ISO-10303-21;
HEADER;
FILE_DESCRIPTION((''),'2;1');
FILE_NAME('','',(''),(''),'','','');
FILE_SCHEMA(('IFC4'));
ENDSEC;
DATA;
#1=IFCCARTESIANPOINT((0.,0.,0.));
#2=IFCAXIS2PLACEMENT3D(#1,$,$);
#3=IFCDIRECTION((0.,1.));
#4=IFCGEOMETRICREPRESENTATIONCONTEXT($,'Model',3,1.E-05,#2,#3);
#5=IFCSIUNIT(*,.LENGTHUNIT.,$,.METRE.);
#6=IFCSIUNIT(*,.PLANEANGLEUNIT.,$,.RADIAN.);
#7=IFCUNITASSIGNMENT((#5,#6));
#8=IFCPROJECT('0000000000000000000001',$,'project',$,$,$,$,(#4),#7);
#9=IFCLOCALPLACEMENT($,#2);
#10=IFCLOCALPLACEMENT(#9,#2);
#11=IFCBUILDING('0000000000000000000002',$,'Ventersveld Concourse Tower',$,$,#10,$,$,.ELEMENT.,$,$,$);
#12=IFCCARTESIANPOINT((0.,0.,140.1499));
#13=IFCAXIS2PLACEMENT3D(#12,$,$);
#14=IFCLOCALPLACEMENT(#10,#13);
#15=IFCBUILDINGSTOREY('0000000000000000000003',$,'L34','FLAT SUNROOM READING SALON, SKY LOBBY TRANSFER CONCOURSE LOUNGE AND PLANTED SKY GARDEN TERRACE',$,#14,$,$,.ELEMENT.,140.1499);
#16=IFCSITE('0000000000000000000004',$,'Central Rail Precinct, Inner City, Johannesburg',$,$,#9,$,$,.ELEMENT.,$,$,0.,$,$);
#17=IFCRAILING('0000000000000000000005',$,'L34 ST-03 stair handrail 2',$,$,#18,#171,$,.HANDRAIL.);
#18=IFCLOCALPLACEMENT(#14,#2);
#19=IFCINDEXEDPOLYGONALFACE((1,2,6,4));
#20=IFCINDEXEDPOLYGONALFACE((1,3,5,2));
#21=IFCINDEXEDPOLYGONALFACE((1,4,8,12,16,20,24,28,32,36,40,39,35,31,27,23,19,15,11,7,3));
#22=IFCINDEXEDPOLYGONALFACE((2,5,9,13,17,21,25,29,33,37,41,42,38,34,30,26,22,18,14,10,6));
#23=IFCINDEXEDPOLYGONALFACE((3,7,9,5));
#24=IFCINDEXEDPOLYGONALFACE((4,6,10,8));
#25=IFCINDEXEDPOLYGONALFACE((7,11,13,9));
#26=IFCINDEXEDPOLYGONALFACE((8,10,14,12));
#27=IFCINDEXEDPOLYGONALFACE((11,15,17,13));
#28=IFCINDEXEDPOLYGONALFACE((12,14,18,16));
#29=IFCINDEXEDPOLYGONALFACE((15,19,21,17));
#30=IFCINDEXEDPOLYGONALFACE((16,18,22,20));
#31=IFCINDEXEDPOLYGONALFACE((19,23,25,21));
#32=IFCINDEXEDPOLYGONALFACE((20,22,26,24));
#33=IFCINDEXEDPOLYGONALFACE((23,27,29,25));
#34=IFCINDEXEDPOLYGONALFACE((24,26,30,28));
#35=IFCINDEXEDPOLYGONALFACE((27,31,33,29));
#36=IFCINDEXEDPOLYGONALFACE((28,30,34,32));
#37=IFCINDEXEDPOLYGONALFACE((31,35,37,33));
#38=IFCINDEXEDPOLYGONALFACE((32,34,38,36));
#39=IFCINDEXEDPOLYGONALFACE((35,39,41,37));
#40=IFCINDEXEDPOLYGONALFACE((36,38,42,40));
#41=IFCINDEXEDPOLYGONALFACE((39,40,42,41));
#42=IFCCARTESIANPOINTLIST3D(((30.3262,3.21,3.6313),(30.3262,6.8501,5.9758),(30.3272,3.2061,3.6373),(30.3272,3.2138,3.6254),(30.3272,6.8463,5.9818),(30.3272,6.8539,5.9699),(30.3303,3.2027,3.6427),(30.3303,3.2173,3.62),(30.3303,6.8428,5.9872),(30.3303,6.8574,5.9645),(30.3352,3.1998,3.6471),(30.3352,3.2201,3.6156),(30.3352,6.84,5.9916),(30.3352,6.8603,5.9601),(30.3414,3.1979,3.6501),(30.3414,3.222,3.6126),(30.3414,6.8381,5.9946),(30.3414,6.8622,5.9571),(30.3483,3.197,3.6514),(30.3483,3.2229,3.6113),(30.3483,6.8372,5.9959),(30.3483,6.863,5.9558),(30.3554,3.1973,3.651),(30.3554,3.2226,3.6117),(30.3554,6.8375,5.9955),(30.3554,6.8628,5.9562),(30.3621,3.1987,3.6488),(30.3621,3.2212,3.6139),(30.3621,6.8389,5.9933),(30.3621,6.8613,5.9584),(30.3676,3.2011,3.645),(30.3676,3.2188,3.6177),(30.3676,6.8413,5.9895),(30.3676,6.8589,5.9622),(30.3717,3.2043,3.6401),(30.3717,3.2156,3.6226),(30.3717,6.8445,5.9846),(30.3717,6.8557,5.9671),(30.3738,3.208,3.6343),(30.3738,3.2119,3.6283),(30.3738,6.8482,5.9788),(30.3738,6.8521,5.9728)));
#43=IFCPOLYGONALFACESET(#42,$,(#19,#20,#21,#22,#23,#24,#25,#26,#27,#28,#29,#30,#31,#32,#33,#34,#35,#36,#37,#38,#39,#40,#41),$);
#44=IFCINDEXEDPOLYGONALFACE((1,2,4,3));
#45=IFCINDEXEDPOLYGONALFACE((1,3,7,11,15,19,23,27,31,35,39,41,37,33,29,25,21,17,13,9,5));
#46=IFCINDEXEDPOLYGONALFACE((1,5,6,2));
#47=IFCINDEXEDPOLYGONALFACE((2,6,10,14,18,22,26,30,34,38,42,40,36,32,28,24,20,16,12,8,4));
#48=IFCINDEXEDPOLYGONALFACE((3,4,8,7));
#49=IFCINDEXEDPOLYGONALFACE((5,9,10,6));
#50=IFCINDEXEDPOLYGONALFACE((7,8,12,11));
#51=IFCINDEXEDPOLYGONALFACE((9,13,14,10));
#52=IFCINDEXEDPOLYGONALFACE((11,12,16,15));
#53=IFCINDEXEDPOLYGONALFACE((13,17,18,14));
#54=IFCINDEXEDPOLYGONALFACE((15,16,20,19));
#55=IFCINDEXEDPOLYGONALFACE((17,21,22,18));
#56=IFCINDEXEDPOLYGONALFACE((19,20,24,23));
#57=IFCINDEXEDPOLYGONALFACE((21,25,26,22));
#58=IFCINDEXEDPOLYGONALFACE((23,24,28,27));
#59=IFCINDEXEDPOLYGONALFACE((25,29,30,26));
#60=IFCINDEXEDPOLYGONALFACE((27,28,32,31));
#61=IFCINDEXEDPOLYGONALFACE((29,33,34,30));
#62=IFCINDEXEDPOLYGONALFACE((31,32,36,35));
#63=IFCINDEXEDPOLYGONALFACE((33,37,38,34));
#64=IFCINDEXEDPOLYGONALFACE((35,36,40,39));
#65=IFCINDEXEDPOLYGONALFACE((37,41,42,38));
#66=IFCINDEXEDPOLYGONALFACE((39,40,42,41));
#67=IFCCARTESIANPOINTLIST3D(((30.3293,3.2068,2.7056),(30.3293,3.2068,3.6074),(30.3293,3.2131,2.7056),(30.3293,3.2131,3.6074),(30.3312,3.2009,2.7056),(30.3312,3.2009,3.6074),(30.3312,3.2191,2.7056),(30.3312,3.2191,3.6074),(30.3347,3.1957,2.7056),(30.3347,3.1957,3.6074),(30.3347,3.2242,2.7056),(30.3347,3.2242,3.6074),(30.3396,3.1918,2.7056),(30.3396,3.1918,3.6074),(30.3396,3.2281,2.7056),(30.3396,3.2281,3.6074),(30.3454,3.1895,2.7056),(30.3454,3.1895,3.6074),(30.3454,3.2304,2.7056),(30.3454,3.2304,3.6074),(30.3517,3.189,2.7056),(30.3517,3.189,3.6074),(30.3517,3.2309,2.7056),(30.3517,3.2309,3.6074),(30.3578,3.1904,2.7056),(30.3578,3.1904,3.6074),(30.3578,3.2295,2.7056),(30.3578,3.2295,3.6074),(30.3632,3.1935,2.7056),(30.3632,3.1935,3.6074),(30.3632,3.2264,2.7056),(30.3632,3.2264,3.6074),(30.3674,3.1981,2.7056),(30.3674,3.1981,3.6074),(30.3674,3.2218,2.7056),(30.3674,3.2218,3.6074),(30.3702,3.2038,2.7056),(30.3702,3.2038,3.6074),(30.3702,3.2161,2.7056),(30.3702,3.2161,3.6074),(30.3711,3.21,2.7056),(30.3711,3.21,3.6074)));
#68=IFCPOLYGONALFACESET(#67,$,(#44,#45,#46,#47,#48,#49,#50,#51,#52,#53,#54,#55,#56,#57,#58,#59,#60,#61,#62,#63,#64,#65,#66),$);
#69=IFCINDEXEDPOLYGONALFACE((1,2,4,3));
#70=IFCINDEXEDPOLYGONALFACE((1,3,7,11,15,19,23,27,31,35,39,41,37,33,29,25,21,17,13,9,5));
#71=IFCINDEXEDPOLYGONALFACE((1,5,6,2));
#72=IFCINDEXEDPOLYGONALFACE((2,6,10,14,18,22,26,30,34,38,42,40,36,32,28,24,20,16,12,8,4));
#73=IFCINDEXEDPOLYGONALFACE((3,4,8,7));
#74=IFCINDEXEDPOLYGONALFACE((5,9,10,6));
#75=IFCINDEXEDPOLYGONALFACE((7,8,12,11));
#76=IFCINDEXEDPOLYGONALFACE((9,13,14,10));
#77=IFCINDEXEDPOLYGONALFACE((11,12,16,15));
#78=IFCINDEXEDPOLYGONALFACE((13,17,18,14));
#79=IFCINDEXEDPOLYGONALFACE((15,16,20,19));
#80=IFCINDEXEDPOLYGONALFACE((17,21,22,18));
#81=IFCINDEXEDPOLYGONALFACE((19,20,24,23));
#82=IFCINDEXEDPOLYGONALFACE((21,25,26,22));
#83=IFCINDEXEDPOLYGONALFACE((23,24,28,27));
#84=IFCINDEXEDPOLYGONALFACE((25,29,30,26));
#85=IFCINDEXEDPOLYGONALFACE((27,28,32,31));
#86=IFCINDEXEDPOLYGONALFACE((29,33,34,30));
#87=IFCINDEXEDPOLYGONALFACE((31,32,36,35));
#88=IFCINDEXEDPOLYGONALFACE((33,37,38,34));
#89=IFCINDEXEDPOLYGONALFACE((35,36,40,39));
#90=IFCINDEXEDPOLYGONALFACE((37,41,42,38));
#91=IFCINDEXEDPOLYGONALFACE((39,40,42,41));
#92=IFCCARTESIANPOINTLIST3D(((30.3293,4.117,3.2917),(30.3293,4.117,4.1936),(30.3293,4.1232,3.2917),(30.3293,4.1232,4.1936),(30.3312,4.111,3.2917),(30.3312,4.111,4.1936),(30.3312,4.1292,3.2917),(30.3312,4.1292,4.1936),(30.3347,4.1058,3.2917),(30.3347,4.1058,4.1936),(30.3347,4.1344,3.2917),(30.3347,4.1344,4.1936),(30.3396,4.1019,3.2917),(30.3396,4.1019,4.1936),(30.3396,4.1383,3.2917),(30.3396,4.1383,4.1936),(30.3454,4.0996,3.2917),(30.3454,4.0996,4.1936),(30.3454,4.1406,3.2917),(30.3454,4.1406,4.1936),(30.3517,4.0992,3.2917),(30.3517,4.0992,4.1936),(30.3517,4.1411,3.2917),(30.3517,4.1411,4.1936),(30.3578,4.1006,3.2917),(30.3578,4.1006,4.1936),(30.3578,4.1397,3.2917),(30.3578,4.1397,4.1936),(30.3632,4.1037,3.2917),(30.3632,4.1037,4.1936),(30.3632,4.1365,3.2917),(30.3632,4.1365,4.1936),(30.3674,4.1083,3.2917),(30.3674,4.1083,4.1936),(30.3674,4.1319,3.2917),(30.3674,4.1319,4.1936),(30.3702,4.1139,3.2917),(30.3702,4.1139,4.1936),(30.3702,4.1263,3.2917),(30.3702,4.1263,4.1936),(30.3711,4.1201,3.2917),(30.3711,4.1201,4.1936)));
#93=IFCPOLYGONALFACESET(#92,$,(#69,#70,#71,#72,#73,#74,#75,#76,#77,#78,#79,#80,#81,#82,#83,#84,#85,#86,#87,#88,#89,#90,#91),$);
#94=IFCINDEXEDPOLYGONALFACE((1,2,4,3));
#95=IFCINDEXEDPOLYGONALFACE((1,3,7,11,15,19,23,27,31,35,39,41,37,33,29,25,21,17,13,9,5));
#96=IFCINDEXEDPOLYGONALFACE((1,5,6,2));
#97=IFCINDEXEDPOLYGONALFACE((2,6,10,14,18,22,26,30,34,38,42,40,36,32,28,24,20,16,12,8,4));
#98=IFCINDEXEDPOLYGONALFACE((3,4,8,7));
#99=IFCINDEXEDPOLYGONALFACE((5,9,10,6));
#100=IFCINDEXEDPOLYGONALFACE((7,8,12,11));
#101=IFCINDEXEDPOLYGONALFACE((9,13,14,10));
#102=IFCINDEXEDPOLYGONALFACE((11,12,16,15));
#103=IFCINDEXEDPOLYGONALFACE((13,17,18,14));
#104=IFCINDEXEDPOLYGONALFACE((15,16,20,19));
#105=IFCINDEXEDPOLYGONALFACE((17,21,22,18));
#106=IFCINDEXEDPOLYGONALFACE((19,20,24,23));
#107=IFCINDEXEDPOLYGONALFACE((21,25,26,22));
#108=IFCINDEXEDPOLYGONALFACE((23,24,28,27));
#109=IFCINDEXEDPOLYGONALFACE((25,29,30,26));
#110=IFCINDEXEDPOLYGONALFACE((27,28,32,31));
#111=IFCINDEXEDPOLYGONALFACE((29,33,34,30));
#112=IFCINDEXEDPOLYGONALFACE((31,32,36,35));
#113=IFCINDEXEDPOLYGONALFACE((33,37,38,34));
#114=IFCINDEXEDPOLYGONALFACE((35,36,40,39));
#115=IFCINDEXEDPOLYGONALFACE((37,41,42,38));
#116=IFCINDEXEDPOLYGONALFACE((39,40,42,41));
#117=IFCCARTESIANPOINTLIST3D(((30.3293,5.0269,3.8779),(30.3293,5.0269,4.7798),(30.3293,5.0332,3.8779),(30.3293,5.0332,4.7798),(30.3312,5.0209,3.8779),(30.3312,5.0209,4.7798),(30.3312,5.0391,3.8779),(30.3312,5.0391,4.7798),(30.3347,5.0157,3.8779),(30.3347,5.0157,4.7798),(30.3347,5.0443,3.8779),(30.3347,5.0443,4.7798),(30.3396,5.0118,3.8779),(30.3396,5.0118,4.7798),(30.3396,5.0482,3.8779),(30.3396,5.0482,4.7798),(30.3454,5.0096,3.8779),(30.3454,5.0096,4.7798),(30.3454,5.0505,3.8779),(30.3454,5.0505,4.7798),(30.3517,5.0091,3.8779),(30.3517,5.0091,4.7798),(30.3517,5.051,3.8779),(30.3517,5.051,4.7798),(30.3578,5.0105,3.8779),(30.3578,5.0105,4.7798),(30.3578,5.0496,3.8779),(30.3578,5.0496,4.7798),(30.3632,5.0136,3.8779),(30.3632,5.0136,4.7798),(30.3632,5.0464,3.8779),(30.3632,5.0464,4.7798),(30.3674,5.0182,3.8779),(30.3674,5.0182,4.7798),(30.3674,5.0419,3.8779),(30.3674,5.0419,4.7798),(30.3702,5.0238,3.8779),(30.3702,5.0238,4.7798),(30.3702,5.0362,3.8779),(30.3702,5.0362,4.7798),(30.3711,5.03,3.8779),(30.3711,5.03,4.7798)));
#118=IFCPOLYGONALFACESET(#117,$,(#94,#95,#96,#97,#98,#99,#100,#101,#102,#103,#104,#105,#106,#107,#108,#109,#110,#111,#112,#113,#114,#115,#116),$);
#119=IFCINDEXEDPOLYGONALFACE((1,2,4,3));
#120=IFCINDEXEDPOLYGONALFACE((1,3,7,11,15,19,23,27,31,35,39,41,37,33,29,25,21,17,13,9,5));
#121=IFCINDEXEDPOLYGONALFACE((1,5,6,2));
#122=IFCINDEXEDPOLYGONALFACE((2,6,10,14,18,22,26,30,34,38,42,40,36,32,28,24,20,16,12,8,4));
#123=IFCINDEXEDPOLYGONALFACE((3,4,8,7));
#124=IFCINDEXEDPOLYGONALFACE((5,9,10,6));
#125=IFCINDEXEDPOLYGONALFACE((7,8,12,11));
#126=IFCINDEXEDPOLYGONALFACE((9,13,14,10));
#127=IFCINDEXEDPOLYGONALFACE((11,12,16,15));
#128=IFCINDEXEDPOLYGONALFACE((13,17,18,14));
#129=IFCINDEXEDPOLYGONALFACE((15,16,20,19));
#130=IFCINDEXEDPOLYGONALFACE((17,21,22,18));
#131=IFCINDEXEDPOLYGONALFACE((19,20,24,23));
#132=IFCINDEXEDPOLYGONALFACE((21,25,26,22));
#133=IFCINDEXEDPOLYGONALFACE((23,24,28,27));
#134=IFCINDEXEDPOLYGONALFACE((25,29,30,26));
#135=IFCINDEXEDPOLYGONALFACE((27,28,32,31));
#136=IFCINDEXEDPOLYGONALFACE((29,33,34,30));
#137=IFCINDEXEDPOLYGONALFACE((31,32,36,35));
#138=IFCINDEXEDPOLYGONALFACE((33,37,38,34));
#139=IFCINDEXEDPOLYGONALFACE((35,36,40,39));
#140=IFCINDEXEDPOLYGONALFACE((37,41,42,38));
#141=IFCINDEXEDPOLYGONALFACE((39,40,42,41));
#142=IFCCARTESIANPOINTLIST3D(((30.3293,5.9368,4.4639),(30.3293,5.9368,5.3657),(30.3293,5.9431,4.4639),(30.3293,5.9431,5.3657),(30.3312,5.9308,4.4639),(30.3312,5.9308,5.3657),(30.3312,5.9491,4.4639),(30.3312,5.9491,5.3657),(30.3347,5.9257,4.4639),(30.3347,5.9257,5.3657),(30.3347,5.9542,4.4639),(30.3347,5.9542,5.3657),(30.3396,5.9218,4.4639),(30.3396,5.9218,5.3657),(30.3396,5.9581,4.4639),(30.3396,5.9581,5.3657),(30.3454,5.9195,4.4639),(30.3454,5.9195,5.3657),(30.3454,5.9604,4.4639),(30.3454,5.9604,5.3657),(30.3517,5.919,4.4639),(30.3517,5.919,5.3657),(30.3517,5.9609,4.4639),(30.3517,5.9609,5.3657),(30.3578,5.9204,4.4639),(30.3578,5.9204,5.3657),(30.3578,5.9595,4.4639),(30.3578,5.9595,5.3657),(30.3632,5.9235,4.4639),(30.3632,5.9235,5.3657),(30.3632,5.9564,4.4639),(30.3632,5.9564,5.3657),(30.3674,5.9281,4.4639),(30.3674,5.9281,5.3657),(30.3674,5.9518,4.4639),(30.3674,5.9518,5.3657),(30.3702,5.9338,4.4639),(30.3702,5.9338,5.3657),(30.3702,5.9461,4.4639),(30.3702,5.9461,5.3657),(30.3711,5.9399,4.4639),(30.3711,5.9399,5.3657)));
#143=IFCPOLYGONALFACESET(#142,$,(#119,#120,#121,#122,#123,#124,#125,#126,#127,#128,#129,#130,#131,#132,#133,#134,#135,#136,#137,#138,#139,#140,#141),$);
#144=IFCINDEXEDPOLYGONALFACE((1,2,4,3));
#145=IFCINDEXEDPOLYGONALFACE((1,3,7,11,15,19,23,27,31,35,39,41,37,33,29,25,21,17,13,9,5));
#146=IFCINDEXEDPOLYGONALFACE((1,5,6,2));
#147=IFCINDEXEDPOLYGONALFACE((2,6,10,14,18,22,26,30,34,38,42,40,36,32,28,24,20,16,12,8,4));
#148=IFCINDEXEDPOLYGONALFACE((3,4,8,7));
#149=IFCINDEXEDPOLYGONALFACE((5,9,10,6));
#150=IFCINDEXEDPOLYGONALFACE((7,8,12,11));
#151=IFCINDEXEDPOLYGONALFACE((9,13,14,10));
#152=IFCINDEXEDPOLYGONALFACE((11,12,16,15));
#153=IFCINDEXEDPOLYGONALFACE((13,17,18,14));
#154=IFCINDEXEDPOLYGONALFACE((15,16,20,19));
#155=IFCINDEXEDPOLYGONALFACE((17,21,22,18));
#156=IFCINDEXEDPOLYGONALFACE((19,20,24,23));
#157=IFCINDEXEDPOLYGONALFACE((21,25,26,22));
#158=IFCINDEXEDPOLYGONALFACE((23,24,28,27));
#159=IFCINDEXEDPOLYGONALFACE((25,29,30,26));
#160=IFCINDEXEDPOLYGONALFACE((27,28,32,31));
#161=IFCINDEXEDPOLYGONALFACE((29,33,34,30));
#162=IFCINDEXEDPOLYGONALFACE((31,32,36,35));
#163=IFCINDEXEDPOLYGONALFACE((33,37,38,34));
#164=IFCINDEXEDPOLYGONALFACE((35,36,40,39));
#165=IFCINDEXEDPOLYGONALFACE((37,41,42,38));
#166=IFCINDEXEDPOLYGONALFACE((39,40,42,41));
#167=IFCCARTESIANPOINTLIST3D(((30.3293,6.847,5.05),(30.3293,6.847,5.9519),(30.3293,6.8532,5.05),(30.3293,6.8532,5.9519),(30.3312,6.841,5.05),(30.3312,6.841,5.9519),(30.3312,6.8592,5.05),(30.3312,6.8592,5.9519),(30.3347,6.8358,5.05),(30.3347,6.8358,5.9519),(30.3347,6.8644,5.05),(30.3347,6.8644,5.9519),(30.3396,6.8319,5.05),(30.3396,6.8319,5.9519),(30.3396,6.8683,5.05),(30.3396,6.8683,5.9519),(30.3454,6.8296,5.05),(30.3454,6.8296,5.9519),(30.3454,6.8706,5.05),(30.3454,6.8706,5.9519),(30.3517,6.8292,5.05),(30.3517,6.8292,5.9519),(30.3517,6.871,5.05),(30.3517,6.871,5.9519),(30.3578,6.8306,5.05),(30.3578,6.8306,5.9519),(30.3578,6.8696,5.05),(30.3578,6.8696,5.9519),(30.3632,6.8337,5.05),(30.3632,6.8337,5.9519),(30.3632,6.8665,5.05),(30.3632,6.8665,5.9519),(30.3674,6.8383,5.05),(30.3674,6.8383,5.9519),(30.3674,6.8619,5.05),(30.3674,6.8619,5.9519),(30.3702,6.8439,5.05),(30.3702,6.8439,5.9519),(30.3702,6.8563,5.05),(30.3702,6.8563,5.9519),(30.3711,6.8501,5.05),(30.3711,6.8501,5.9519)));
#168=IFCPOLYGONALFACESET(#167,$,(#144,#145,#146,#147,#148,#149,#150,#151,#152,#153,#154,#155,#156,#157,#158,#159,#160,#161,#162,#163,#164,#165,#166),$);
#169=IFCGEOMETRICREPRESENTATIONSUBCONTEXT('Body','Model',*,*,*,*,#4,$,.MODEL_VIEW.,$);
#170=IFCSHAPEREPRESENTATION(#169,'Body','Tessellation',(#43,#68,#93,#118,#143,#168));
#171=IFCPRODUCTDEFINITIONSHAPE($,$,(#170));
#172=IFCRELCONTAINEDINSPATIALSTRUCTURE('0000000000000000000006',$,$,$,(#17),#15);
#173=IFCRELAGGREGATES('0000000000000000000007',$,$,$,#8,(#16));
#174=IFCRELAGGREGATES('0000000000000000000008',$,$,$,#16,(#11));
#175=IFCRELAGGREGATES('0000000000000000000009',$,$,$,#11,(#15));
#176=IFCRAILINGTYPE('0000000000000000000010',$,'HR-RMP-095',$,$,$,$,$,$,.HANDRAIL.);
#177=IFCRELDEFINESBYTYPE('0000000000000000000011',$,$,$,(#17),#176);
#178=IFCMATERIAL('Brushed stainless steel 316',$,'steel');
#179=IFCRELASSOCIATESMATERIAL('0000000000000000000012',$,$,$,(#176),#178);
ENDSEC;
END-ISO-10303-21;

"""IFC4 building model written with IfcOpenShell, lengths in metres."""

from ifc_helpers import new_model, si_unit, direction, frame, origin, origin_2d, place, context, subcontext, project, spatial, circle, extrude, material, type_object, element, save


model = new_model("IFC4")

# Units and contexts
model_context = context("Model", 3, precision=1e-05, world=origin(), true_north=direction((0.0, 1.0)))
body_context = subcontext(model_context, "Body", "Model", "MODEL_VIEW")
ifc_project = project(units=[si_unit("LENGTHUNIT", "METRE"), si_unit("PLANEANGLEUNIT", "RADIAN")], contexts=[model_context])

# Site, building, storey
site_placement = place(None, origin())
site = spatial("IfcSite", under=ifc_project, at=site_placement, Name="Central Rail Precinct, Inner City, Johannesburg", CompositionType="ELEMENT", RefElevation=0.0)
building_placement = place(site_placement, origin())
building = spatial("IfcBuilding", under=site, at=building_placement, Name="Ventersveld Concourse Tower", CompositionType="ELEMENT")
storey_placement = place(building_placement, frame((0.0, 0.0, 140.1499)))
storey = spatial("IfcBuildingStorey", under=building, at=storey_placement, Name="L34", Description="FLAT SUNROOM READING SALON, SKY LOBBY TRANSFER CONCOURSE LOUNGE AND PLANTED SKY GARDEN TERRACE", CompositionType="ELEMENT", Elevation=140.1499)

# Shared definitions
ifc_material_1 = material(Name="Brushed stainless steel 316", Category="steel")

# Railing
railing_type_1 = type_object("IfcRailingType", Name="HR-RMP-095", PredefinedType="HANDRAIL", material=ifc_material_1)
railing_1_placement = place(storey_placement, frame((30.3501, 3.21, 2.7056)))
element("IfcRailing", 1, at=railing_1_placement, inside=storey, type_object=railing_type_1, Name="L34 ST-03 stair handrail 2", PredefinedType="HANDRAIL", context=body_context, shape_type="SweptSolid", body=[
    extrude(circle(Radius=0.0239, at=origin_2d()), frame((0.0, 0.0, 0.9258), z_axis=(0.0, 0.840716, 0.541476), x_axis=(-1.0, 0.0, 0.0)), (0.0, 0.0, 1.0), 4.3298),
    extrude(circle(Radius=0.021, at=origin_2d()), origin(), (0.0, 0.0, 1.0), 0.9019),
    extrude(circle(Radius=0.021, at=origin_2d()), frame((0.0, 0.9102, 0.5862)), (0.0, 0.0, 1.0), 0.9019),
    extrude(circle(Radius=0.021, at=origin_2d()), frame((0.0, 1.8201, 1.1724)), (0.0, 0.0, 1.0), 0.9019),
    extrude(circle(Radius=0.021, at=origin_2d()), frame((0.0, 2.73, 1.7583)), (0.0, 0.0, 1.0), 0.9019),
    extrude(circle(Radius=0.021, at=origin_2d()), frame((0.0, 3.6401, 2.3445)), (0.0, 0.0, 1.0), 0.9019),
])

save(model, "model.ifc")
